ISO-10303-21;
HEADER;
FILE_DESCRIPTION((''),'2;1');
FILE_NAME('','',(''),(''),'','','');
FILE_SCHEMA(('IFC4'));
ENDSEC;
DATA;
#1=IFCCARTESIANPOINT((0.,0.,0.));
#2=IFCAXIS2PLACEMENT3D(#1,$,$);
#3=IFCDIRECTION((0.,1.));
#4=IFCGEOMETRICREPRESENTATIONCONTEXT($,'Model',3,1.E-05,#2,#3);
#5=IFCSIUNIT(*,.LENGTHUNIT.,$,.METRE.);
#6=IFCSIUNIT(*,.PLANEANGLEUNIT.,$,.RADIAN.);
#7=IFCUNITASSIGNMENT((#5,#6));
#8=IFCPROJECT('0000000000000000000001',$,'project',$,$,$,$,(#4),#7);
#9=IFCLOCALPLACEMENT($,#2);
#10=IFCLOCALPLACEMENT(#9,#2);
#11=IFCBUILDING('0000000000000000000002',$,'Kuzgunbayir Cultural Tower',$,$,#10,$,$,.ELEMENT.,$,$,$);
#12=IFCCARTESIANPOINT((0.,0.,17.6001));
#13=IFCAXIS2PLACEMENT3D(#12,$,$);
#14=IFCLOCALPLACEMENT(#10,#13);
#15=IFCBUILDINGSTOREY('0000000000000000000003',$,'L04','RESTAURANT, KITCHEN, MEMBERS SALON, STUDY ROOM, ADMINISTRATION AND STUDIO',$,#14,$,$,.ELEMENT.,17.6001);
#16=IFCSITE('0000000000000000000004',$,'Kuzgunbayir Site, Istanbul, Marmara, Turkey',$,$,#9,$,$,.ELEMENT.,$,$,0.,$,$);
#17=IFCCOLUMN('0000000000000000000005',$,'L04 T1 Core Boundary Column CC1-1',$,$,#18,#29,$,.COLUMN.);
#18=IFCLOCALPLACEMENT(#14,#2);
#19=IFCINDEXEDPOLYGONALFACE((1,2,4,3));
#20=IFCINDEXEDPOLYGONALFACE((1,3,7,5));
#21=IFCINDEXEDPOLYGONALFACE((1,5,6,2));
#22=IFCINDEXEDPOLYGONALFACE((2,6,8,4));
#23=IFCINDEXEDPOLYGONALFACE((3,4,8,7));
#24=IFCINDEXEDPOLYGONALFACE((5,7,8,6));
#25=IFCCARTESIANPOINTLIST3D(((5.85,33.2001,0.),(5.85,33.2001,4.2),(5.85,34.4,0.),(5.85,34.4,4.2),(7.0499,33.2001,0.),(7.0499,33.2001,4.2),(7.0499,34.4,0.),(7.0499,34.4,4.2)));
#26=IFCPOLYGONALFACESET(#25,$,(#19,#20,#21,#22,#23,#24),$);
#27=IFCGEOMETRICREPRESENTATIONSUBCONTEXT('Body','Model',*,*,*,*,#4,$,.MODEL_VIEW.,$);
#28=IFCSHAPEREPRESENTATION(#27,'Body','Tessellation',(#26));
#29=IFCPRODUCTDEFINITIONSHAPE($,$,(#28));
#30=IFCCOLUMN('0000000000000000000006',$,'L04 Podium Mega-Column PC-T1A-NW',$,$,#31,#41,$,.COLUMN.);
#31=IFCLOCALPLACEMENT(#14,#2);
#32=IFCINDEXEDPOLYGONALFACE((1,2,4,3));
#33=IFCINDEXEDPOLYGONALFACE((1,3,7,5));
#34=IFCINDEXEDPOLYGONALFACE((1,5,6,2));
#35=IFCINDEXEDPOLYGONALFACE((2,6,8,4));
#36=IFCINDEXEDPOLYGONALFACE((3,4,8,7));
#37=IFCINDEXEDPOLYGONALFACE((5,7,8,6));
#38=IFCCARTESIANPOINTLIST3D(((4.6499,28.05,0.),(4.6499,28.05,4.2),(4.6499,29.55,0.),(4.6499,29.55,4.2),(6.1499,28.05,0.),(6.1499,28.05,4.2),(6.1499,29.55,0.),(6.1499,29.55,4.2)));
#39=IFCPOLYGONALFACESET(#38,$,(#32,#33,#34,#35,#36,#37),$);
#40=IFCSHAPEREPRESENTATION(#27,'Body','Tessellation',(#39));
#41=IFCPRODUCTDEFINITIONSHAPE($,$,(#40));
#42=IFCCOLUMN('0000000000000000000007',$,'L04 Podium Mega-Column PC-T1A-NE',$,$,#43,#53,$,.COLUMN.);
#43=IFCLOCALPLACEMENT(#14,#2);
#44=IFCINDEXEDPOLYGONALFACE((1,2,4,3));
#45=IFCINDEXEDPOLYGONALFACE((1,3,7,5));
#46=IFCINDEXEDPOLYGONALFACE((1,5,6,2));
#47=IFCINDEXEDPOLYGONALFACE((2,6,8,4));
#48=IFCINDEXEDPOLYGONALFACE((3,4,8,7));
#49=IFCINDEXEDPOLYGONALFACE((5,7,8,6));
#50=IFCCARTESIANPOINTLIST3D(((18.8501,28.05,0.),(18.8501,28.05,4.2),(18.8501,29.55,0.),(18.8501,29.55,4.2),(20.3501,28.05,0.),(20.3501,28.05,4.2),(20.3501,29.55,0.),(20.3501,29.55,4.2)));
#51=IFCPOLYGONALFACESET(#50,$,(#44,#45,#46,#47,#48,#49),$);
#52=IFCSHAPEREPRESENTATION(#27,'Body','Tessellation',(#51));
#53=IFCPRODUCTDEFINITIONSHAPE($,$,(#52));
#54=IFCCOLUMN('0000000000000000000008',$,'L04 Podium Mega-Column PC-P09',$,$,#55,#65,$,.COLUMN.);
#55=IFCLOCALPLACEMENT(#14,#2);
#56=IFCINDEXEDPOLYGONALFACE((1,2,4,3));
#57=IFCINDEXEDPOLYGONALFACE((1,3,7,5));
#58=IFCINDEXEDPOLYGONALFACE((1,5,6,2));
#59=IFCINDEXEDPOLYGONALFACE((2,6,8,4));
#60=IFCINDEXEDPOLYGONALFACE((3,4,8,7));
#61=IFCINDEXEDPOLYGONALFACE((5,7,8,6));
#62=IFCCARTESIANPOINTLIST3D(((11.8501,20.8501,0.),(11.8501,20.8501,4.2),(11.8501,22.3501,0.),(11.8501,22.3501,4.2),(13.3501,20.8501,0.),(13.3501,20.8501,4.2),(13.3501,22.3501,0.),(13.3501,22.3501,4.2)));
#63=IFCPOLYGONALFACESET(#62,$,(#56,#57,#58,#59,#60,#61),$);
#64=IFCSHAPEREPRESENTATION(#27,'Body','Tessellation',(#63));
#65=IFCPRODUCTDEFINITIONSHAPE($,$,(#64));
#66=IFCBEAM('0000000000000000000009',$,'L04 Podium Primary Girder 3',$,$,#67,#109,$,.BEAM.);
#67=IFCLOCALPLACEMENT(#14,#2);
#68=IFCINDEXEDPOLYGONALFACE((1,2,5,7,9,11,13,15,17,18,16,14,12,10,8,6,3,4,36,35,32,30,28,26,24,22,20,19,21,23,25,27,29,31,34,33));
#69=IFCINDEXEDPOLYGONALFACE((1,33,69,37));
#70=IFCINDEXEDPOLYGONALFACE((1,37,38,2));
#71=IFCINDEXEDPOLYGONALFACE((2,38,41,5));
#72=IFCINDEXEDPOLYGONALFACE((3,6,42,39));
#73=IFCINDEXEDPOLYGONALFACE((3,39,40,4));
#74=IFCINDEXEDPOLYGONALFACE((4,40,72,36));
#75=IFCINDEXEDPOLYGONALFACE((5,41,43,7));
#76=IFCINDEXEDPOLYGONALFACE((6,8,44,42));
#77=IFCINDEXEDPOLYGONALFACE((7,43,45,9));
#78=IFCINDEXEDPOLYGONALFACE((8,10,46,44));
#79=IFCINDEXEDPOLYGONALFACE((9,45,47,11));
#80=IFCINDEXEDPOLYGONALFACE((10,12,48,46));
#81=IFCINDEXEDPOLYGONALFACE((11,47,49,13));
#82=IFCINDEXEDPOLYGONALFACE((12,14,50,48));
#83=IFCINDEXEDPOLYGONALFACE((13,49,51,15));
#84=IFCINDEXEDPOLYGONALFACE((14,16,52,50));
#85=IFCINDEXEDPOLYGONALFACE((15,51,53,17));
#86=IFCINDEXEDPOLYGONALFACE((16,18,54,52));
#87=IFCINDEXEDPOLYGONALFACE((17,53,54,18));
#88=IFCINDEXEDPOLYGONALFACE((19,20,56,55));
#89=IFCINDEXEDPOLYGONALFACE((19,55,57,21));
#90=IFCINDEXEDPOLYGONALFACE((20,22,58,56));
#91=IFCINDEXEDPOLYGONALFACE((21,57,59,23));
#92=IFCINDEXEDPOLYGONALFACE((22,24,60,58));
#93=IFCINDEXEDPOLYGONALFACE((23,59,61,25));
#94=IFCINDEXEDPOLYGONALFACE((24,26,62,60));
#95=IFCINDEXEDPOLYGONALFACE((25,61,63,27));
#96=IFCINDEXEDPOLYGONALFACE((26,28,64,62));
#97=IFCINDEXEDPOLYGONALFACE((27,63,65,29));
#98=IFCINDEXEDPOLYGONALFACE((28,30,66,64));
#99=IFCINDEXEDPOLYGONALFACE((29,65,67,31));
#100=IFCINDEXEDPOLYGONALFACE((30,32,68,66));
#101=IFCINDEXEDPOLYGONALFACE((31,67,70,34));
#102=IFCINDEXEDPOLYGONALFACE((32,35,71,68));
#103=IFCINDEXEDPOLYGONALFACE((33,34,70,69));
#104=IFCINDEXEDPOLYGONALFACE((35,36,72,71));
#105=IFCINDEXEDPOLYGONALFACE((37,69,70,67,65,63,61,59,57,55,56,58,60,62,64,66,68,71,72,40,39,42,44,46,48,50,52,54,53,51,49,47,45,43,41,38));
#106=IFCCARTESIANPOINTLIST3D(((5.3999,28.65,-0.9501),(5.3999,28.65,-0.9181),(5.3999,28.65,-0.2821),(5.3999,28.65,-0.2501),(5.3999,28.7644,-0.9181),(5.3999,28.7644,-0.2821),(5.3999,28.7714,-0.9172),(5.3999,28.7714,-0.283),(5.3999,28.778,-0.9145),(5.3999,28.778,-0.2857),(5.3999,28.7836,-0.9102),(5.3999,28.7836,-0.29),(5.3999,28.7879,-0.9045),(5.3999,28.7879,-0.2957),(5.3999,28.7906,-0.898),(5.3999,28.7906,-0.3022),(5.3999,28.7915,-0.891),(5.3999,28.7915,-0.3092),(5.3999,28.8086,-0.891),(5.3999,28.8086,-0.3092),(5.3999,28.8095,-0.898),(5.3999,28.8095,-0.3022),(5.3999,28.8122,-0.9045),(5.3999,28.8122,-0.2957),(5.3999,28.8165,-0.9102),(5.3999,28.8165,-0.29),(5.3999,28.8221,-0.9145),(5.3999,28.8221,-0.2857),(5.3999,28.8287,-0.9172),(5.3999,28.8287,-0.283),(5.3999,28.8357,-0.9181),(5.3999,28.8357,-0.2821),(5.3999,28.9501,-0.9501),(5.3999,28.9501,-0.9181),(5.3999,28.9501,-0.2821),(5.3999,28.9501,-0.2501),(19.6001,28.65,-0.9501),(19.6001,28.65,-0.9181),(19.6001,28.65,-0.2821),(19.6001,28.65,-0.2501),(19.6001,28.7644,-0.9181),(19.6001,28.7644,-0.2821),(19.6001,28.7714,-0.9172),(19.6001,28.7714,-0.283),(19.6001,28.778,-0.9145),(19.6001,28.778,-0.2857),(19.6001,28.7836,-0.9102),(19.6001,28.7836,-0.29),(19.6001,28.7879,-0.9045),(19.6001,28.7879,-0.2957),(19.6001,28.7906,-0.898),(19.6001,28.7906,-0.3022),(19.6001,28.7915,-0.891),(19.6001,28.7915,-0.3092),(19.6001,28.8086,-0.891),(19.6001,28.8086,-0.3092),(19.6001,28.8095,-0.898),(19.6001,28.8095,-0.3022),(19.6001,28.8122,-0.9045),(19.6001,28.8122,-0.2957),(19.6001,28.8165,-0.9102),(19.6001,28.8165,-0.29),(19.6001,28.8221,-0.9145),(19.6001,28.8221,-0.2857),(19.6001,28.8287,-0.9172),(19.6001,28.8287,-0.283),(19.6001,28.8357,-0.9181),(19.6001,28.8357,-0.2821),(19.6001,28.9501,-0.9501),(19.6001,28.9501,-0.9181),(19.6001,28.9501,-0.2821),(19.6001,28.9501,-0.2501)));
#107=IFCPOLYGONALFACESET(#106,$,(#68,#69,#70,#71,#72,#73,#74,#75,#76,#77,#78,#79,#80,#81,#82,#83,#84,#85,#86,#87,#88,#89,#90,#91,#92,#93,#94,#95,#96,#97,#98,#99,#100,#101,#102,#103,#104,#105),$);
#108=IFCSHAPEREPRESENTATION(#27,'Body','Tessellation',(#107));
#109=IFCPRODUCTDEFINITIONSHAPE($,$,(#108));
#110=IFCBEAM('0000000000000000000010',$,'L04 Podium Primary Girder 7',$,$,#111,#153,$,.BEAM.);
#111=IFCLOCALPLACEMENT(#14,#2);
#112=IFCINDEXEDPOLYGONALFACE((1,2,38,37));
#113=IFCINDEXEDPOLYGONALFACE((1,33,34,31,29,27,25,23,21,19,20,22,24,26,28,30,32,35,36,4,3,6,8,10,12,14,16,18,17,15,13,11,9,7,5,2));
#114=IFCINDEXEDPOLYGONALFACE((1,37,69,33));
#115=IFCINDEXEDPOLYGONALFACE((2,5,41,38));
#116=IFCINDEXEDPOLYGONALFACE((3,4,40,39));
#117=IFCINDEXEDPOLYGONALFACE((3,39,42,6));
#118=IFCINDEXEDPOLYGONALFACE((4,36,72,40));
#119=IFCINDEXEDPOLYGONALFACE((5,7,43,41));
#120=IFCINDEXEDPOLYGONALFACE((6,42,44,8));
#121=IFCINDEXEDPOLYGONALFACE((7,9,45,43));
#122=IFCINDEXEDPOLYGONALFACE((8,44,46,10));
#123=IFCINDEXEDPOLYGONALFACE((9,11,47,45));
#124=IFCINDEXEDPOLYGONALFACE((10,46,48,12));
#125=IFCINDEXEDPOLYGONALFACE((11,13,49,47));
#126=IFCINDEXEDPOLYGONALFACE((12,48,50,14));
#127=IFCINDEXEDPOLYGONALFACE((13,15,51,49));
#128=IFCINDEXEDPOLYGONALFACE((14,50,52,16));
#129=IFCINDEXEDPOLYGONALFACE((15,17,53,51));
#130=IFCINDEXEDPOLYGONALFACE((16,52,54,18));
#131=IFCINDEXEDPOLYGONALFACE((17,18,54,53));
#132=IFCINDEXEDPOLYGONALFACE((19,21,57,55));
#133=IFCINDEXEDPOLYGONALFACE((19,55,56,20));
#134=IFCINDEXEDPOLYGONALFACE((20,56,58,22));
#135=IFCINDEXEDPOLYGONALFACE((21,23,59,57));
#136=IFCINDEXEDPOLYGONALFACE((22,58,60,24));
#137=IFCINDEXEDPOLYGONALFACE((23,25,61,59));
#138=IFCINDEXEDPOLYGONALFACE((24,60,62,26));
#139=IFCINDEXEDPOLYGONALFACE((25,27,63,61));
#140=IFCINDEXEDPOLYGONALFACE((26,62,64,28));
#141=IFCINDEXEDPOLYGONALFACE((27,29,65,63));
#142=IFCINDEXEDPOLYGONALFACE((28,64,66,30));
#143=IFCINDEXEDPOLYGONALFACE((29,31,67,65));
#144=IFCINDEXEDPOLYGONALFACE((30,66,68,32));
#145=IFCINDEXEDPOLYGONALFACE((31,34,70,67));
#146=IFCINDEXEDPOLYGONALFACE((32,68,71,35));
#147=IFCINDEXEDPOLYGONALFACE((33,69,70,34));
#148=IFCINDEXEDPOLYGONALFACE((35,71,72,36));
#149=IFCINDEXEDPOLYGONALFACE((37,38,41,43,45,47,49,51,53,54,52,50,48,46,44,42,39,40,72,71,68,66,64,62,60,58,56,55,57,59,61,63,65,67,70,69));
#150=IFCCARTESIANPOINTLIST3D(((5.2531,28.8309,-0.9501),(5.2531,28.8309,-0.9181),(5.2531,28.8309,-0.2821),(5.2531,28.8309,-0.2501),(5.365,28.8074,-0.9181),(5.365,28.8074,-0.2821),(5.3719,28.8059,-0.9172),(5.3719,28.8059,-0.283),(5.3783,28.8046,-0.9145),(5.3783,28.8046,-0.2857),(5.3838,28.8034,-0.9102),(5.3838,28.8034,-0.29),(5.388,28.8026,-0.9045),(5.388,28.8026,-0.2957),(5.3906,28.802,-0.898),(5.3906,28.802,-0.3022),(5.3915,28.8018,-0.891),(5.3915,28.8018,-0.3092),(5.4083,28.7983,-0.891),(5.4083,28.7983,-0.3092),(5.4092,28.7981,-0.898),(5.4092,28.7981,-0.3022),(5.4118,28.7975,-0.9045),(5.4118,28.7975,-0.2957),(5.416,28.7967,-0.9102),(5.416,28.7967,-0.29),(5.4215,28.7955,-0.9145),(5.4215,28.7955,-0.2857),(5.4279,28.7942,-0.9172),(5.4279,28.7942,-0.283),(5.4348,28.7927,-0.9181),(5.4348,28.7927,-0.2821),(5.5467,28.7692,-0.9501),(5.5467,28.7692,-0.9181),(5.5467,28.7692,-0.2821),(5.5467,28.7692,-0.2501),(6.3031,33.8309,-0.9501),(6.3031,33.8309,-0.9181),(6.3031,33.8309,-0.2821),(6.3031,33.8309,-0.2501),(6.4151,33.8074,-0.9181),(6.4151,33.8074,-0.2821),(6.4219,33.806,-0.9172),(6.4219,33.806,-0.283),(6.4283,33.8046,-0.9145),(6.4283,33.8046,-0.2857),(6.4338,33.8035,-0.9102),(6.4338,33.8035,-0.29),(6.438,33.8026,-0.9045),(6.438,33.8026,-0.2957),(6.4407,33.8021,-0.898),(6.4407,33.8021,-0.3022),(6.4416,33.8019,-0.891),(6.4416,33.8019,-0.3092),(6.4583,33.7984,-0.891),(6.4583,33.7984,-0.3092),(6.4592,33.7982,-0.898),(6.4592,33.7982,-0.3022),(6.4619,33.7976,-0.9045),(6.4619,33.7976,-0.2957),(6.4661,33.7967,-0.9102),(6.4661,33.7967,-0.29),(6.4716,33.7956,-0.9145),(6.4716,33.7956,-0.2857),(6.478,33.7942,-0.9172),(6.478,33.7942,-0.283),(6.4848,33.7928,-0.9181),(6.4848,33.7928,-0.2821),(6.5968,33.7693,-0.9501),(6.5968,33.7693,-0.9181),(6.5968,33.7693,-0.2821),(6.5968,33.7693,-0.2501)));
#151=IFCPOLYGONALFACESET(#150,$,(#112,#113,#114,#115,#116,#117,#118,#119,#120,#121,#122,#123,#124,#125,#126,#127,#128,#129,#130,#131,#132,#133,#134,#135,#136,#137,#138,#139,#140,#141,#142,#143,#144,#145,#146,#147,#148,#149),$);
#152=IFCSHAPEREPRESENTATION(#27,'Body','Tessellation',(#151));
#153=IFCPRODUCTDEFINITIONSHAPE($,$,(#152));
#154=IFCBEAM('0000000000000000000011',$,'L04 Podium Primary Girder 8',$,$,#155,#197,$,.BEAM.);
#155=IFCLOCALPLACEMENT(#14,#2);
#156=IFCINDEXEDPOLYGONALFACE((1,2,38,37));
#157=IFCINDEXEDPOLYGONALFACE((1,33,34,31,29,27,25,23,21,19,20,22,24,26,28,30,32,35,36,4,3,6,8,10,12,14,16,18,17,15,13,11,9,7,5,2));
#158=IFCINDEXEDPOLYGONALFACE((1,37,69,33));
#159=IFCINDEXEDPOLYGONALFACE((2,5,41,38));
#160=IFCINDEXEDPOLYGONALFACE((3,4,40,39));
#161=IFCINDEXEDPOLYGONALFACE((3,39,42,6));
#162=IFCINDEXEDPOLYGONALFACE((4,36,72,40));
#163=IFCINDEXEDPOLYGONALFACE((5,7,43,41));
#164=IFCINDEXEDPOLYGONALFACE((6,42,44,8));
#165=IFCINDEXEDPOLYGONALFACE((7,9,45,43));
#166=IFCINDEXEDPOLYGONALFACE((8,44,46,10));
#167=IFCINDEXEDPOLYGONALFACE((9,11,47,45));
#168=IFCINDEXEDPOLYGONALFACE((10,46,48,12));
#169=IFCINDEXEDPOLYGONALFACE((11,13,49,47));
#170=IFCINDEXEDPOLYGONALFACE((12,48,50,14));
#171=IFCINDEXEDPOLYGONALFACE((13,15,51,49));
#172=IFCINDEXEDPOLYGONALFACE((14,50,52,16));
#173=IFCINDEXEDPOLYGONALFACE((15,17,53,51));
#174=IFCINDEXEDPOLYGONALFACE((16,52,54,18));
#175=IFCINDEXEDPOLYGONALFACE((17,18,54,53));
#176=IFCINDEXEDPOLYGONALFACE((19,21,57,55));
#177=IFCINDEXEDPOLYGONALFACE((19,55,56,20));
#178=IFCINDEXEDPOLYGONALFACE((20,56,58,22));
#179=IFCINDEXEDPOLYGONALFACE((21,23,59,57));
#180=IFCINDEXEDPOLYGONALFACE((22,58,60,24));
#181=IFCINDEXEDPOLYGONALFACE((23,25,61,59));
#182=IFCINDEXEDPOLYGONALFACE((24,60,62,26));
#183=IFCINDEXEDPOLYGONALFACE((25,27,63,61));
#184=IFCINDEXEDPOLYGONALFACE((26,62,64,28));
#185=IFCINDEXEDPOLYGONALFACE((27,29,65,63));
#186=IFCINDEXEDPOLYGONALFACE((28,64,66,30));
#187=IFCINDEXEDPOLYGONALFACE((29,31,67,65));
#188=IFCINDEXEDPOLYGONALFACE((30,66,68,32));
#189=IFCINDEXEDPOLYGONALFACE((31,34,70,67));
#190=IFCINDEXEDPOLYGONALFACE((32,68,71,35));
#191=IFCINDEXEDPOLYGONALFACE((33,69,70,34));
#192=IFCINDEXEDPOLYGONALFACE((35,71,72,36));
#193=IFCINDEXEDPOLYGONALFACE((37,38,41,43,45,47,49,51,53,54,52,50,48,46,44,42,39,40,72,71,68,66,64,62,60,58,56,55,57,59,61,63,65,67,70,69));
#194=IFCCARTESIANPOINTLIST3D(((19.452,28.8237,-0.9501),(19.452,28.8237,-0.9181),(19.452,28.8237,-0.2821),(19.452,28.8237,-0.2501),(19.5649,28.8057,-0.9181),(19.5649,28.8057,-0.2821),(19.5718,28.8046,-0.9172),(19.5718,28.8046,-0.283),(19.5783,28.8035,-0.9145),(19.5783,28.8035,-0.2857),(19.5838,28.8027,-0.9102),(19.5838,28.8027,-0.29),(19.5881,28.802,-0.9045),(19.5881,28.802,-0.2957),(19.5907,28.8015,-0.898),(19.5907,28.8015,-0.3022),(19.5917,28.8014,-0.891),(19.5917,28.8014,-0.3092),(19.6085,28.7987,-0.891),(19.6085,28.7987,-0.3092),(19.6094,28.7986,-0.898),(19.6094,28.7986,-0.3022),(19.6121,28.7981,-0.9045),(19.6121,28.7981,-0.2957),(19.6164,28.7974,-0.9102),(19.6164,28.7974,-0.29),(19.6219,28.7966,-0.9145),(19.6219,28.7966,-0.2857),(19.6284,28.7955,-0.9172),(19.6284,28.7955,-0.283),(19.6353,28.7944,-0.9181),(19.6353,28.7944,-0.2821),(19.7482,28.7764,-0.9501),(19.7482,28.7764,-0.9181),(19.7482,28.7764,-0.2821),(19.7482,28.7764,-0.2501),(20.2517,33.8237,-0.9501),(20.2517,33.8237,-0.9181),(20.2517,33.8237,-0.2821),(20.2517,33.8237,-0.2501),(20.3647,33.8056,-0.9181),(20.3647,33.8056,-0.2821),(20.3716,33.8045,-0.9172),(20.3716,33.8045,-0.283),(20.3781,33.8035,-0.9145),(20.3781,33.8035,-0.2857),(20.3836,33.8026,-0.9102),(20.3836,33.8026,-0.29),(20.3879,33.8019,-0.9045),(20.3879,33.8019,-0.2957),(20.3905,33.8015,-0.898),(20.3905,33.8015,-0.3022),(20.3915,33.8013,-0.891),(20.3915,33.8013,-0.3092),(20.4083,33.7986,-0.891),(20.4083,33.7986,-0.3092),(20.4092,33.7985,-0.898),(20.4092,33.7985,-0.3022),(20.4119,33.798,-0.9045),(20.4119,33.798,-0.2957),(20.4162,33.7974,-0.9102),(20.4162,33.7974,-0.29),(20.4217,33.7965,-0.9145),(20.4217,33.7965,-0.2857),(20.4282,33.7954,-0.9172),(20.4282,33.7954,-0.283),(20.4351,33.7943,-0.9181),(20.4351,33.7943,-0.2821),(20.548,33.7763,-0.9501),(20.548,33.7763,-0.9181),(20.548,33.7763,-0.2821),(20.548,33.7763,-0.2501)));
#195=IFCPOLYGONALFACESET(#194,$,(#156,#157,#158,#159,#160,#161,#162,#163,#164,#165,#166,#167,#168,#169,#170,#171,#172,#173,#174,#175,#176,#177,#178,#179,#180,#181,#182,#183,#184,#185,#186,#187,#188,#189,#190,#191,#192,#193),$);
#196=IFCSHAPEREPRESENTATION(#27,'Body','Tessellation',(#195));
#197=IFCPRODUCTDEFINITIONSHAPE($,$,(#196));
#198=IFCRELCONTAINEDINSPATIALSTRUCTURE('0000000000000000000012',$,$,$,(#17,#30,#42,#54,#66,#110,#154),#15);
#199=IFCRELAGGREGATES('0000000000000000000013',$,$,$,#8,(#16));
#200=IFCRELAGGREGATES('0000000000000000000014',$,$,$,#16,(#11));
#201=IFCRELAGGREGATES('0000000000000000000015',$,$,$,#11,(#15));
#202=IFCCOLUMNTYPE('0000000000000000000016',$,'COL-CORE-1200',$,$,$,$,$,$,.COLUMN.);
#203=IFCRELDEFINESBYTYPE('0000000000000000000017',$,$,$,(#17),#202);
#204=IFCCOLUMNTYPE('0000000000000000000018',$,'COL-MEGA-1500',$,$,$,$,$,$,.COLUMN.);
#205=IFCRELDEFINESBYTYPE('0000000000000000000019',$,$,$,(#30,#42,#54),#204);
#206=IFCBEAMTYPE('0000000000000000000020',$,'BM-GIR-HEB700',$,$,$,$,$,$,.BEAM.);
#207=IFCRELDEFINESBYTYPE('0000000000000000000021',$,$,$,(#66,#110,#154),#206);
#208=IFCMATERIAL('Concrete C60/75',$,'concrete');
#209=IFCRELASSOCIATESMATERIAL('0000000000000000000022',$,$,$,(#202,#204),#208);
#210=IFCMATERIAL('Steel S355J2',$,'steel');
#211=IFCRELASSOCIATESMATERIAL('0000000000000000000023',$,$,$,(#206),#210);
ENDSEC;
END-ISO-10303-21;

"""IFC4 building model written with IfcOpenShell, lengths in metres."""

from ifc_helpers import new_model, si_unit, direction, frame, origin, origin_2d, place, context, subcontext, project, spatial, rectangle, i_section, extrude, material, material_profile, profile_set, type_object, element, save


model = new_model("IFC4")

# Units and contexts
model_context = context("Model", 3, precision=1e-05, world=origin(), true_north=direction((0.0, 1.0)))
body_context = subcontext(model_context, "Body", "Model", "MODEL_VIEW")
ifc_project = project(units=[si_unit("LENGTHUNIT", "METRE"), si_unit("PLANEANGLEUNIT", "RADIAN")], contexts=[model_context])

# Site, building, storey
site_placement = place(None, origin())
site = spatial("IfcSite", under=ifc_project, at=site_placement, Name="Kuzgunbayir Site, Istanbul, Marmara, Turkey", CompositionType="ELEMENT", RefElevation=0.0)
building_placement = place(site_placement, origin())
building = spatial("IfcBuilding", under=site, at=building_placement, Name="Kuzgunbayir Cultural Tower", CompositionType="ELEMENT")
storey_placement = place(building_placement, frame((0.0, 0.0, 17.6001)))
storey = spatial("IfcBuildingStorey", under=building, at=storey_placement, Name="L04", Description="RESTAURANT, KITCHEN, MEMBERS SALON, STUDY ROOM, ADMINISTRATION AND STUDIO", CompositionType="ELEMENT", Elevation=17.6001)

# Columns
ifc_material_1 = material(Name="Concrete C60/75", Category="concrete")
ifc_material_profile_1 = material_profile(ifc_material_1, rectangle(XDim=1.2, YDim=1.2, at=origin_2d()), Name="RC 1200x1200")
ifc_profile_set_1 = profile_set([ifc_material_profile_1], Name="Concrete C60/75")
column_type_1 = type_object("IfcColumnType", Name="COL-CORE-1200", PredefinedType="COLUMN", material=ifc_profile_set_1)
column_placement = place(storey_placement, frame((6.45, 33.8, 0.0), z_axis=(0.0, 0.0, 1.0), x_axis=(1.0, 0.0, 0.0)))
element("IfcColumn", 1, at=column_placement, inside=storey, type_object=column_type_1, Name="L04 T1 Core Boundary Column CC1-1", PredefinedType="COLUMN", context=body_context, shape_type="SweptSolid", body=[
    extrude(rectangle(XDim=1.2, YDim=1.2, at=origin_2d()), origin(), (0.0, 0.0, 1.0), 4.2),
])
ifc_material_profile_2 = material_profile(ifc_material_1, rectangle(XDim=1.5, YDim=1.5, at=origin_2d()), Name="RC 1500x1500")
ifc_profile_set_2 = profile_set([ifc_material_profile_2], Name="Concrete C60/75")
column_type_2 = type_object("IfcColumnType", Name="COL-MEGA-1500", PredefinedType="COLUMN", material=ifc_profile_set_2)
for number, where, z_axis, x_axis, name in (
    (2, (5.3999, 28.8, 0.0), (0.0, 0.0, 1.0), (1.0, 0.0, 0.0), "L04 Podium Mega-Column PC-T1A-NW"),
    (3, (19.6001, 28.8, 0.0), (0.0, 0.0, 1.0), (1.0, 0.0, 0.0), "L04 Podium Mega-Column PC-T1A-NE"),
    (4, (12.6001, 21.6001, 0.0), (0.0, 0.0, 1.0), (1.0, 0.0, 0.0), "L04 Podium Mega-Column PC-P09"),
):
    element("IfcColumn", number, at=place(storey_placement, frame(where, z_axis=z_axis, x_axis=x_axis)), inside=storey, type_object=column_type_2, Name=name, PredefinedType="COLUMN", context=body_context, shape_type="SweptSolid", body=[
        extrude(rectangle(XDim=1.5, YDim=1.5, at=origin_2d()), origin(), (0.0, 0.0, 1.0), 4.2),
    ])

# Beams
ifc_material_2 = material(Name="Steel S355J2", Category="steel")
ifc_material_profile_3 = material_profile(ifc_material_2, i_section(OverallWidth=0.3, OverallDepth=0.7, WebThickness=0.0171, FlangeThickness=0.032, FilletRadius=0.0271, at=origin_2d()), Name="HEB 700")
ifc_profile_set_3 = profile_set([ifc_material_profile_3], Name="Steel S355J2")
beam_type_1 = type_object("IfcBeamType", Name="BM-GIR-HEB700", PredefinedType="BEAM", material=ifc_profile_set_3)
beam_1_placement = place(storey_placement, frame((5.3999, 28.8, -0.6001), z_axis=(1.0, 0.0, 0.0), x_axis=(0.0, 1.0, 0.0)))
element("IfcBeam", 5, at=beam_1_placement, inside=storey, type_object=beam_type_1, Name="L04 Podium Primary Girder 3", PredefinedType="BEAM", context=body_context, shape_type="SweptSolid", body=[
    extrude(i_section(OverallWidth=0.3, OverallDepth=0.7, WebThickness=0.0171, FlangeThickness=0.032, FilletRadius=0.0271, at=origin_2d()), origin(), (0.0, 0.0, 1.0), 14.2002),
])
beam_2_placement = place(storey_placement, frame((5.3999, 28.8, -0.6001), z_axis=(0.205526, 0.978652, 0.0), x_axis=(-0.978652, 0.205526, 0.0)))
element("IfcBeam", 6, at=beam_2_placement, inside=storey, type_object=beam_type_1, Name="L04 Podium Primary Girder 7", PredefinedType="BEAM", context=body_context, shape_type="SweptSolid", body=[
    extrude(i_section(OverallWidth=0.3, OverallDepth=0.7, WebThickness=0.0171, FlangeThickness=0.032, FilletRadius=0.0271, at=origin_2d()), origin(), (0.0, 0.0, 1.0), 5.1091),
])
beam_3_placement = place(storey_placement, frame((19.6001, 28.8, -0.6001), z_axis=(0.157953, 0.987447, 0.0), x_axis=(-0.987447, 0.157953, 0.0)))
element("IfcBeam", 7, at=beam_3_placement, inside=storey, type_object=beam_type_1, Name="L04 Podium Primary Girder 8", PredefinedType="BEAM", context=body_context, shape_type="SweptSolid", body=[
    extrude(i_section(OverallWidth=0.3, OverallDepth=0.7, WebThickness=0.0171, FlangeThickness=0.032, FilletRadius=0.0271, at=origin_2d()), origin(), (0.0, 0.0, 1.0), 5.0635),
])

save(model, "model.ifc")
